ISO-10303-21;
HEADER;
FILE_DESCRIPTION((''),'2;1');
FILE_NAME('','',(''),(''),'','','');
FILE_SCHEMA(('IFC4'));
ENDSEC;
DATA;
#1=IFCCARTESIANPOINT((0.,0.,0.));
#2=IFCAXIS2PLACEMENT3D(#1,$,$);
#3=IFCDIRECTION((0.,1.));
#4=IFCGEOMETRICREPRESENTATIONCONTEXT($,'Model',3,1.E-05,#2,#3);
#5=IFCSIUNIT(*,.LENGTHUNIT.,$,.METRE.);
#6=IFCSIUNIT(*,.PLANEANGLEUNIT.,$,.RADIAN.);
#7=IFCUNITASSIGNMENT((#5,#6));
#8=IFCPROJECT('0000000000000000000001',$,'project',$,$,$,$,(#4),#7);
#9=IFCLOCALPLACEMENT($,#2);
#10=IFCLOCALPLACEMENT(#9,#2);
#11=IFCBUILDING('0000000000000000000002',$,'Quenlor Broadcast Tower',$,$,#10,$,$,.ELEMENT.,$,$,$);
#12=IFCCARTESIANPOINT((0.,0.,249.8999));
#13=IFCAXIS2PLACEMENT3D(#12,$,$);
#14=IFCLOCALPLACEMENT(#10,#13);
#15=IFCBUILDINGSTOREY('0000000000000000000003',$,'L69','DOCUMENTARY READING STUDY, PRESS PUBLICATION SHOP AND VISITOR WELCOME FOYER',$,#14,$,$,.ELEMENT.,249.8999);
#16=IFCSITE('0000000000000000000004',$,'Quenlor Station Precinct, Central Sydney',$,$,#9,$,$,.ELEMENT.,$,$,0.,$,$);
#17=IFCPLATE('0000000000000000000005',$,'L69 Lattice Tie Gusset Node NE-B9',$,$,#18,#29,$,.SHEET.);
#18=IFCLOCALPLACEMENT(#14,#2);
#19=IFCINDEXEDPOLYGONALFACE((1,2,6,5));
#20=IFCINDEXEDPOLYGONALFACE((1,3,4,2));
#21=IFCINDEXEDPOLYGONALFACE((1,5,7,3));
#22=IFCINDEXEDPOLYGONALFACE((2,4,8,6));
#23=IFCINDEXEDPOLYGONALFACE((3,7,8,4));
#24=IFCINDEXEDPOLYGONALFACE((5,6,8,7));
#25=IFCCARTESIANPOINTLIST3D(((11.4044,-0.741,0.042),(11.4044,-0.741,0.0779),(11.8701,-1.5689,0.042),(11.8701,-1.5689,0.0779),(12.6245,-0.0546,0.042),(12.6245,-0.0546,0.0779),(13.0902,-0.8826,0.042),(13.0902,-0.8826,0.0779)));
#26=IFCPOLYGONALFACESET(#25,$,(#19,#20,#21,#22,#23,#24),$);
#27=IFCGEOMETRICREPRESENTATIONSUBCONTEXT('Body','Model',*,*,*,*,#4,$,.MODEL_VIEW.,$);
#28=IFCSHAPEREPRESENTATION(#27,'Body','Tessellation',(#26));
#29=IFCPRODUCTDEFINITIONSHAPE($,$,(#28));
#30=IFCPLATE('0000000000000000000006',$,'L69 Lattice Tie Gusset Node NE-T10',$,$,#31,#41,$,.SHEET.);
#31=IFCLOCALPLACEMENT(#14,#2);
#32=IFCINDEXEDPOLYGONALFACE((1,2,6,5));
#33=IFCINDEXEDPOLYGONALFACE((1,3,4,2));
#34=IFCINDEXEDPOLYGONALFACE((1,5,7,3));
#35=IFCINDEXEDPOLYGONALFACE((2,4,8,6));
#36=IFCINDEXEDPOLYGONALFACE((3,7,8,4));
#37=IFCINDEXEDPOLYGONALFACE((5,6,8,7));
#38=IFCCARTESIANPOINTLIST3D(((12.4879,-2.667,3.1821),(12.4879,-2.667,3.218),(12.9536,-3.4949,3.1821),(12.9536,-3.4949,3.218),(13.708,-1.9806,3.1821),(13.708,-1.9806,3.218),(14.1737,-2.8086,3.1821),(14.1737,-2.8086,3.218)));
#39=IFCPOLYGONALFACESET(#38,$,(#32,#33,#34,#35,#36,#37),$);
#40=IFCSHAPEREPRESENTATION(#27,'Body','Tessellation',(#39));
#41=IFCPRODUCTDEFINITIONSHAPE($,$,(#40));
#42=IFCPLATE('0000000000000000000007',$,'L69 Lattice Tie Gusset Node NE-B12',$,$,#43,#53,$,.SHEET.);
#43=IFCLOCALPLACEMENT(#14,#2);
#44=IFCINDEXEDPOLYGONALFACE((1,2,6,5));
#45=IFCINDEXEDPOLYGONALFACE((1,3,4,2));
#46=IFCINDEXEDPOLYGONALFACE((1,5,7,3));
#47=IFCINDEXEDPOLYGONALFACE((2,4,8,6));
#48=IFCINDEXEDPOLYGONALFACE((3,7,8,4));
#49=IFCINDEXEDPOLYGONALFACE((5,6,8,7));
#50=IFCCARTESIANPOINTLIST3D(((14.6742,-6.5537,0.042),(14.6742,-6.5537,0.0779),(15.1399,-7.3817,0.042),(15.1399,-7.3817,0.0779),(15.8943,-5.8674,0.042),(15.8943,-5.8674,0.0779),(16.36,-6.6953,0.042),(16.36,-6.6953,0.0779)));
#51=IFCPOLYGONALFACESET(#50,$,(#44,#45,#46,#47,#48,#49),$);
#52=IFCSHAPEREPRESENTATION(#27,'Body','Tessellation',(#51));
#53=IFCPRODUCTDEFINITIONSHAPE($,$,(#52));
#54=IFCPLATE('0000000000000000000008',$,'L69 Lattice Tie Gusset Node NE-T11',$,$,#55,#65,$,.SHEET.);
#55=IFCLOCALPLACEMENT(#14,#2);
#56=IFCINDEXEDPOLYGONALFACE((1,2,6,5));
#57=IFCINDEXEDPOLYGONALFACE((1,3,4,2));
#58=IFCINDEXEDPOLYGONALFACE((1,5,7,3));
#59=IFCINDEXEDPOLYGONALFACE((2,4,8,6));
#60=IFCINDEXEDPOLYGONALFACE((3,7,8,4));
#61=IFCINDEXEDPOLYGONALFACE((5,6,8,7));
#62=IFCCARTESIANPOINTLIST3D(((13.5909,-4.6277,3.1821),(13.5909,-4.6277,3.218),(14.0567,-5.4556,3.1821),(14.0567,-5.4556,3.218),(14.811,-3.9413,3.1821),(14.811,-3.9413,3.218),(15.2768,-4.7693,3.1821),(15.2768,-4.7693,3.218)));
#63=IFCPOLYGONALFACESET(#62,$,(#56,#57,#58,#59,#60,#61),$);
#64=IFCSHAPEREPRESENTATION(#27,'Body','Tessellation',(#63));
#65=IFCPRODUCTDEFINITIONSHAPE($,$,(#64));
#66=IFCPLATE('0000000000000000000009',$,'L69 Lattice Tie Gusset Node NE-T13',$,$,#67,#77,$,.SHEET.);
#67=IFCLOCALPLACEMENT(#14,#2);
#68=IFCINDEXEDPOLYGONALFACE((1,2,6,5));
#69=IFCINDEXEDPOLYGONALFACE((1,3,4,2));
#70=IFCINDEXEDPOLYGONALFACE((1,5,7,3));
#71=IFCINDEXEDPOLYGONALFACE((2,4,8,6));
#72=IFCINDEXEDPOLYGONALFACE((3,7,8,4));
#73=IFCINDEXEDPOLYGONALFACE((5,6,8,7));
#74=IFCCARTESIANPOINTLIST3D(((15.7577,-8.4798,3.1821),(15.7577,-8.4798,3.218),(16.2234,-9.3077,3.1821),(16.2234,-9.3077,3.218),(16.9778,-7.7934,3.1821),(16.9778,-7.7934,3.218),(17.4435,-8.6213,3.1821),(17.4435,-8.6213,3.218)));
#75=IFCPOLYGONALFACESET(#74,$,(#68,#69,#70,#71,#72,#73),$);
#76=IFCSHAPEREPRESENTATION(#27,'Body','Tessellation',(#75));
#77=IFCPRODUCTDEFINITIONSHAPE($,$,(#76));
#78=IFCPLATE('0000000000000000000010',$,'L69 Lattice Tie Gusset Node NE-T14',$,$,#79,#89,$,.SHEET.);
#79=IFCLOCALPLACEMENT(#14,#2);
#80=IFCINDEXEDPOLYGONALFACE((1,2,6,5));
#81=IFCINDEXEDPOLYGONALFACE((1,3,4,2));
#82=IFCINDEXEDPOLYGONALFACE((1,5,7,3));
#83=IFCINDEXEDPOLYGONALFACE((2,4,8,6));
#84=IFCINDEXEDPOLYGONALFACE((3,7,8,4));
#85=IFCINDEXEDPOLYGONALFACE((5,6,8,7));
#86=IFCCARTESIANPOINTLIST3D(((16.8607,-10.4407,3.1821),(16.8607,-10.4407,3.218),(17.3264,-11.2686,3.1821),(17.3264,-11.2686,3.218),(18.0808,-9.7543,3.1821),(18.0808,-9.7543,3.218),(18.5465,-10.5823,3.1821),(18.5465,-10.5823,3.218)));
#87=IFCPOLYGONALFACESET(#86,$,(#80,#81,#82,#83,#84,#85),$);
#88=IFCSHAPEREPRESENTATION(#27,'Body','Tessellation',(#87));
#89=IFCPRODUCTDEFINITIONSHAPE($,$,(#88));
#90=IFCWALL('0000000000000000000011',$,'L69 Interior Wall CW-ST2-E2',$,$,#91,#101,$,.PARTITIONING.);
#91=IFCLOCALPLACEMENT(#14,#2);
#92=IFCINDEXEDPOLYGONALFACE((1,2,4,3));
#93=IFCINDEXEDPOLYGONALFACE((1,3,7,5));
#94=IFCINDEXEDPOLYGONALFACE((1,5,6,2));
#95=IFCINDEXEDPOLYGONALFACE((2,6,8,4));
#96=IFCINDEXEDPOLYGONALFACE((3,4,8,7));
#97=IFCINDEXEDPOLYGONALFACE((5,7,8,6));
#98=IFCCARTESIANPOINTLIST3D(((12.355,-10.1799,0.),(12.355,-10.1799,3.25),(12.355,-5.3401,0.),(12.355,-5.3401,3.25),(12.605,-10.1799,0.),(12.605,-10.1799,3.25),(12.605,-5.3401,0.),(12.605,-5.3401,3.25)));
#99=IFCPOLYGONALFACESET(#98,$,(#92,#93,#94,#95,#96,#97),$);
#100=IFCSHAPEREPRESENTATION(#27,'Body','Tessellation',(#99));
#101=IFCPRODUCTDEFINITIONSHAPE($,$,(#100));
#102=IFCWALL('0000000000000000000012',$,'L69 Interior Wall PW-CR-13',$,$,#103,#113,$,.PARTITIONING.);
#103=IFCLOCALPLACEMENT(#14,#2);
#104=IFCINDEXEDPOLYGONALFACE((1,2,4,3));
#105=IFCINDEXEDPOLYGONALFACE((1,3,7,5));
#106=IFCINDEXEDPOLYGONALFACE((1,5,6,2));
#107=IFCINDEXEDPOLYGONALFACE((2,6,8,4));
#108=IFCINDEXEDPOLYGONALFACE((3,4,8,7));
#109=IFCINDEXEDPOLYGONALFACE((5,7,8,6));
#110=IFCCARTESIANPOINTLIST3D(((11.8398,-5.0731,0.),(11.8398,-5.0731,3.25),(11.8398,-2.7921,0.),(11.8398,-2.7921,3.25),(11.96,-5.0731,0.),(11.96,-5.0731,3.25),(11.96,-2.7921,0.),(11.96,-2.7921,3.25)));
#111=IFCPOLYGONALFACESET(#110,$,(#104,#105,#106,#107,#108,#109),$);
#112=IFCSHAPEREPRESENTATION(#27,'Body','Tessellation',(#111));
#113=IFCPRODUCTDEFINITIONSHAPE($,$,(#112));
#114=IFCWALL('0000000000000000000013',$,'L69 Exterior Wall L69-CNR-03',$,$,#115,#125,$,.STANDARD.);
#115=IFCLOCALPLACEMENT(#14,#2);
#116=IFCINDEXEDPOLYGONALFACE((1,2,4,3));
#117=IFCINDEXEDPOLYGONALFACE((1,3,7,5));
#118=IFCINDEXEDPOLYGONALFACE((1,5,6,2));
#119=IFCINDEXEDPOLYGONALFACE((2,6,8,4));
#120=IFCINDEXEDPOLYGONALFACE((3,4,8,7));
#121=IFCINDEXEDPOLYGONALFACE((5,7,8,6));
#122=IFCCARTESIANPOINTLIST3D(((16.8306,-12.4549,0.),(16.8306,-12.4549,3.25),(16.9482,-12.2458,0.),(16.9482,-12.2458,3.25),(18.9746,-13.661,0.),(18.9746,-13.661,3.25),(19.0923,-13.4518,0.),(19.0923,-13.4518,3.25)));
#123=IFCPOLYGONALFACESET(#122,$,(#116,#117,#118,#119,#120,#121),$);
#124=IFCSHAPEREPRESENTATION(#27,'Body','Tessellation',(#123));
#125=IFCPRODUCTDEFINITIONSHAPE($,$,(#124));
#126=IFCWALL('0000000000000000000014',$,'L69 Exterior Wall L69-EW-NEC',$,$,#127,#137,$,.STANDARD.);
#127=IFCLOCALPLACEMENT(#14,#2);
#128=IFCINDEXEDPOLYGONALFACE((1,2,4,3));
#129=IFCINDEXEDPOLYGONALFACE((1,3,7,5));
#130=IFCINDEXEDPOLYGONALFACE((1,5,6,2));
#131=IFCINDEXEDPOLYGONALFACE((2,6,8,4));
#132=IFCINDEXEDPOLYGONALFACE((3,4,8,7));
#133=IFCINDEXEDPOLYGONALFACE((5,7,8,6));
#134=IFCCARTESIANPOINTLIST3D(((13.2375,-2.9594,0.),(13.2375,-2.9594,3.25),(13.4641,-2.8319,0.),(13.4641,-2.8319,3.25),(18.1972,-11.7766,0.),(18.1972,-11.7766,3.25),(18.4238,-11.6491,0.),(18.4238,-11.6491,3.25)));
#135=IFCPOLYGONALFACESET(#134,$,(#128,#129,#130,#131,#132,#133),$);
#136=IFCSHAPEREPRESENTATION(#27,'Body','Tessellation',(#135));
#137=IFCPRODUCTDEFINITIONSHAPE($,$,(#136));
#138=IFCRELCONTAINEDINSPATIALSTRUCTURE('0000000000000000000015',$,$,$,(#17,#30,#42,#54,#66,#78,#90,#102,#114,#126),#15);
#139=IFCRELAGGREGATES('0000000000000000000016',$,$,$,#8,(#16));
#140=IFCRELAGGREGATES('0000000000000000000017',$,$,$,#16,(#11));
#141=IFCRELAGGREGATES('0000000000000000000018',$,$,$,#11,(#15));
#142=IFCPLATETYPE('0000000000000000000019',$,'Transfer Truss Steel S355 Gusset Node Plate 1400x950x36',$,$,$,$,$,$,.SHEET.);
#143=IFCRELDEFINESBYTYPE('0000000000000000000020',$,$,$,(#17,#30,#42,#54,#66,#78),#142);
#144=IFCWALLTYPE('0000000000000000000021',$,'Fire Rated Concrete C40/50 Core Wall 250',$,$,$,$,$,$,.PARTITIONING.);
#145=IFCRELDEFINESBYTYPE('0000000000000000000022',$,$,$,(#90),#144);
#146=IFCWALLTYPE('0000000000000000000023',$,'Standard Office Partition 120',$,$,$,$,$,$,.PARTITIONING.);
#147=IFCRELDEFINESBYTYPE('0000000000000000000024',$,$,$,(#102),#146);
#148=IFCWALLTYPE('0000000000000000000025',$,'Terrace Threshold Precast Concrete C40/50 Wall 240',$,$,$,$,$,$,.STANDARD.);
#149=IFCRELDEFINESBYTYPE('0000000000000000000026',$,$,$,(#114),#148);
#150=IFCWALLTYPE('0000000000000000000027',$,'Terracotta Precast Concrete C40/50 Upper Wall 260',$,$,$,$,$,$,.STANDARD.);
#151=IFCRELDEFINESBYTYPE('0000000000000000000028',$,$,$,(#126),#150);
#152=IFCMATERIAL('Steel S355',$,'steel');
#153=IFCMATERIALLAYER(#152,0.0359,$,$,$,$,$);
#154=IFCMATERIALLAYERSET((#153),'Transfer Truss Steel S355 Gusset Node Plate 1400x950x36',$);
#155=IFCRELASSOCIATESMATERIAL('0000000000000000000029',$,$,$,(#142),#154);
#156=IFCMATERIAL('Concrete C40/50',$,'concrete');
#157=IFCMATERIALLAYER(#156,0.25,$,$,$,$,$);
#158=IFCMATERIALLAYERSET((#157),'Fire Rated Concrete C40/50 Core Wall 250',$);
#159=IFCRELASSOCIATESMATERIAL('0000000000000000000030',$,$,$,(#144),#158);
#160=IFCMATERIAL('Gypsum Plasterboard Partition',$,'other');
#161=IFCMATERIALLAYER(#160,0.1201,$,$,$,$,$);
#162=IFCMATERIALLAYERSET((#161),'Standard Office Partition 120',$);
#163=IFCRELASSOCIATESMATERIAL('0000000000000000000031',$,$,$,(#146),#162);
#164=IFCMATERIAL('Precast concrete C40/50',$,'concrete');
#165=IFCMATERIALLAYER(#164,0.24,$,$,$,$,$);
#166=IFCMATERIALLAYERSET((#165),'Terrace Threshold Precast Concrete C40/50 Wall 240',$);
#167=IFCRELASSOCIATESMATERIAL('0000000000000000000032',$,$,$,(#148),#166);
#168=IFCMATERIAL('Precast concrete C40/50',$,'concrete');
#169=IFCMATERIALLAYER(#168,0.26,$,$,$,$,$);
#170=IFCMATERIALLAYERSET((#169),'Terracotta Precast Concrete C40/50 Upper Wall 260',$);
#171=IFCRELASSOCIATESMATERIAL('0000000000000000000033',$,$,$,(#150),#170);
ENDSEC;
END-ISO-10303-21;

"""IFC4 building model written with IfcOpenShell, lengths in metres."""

from ifc_helpers import new_model, si_unit, direction, frame, frame_2d, origin, origin_2d, place, context, subcontext, project, spatial, rectangle, extrude, material, layer, layer_set, type_object, element, save


model = new_model("IFC4")

# Units and contexts
model_context = context("Model", 3, precision=1e-05, world=origin(), true_north=direction((0.0, 1.0)))
body_context = subcontext(model_context, "Body", "Model", "MODEL_VIEW")
ifc_project = project(units=[si_unit("LENGTHUNIT", "METRE"), si_unit("PLANEANGLEUNIT", "RADIAN")], contexts=[model_context])

# Site, building, storey
site_placement = place(None, origin())
site = spatial("IfcSite", under=ifc_project, at=site_placement, Name="Quenlor Station Precinct, Central Sydney", CompositionType="ELEMENT", RefElevation=0.0)
building_placement = place(site_placement, origin())
building = spatial("IfcBuilding", under=site, at=building_placement, Name="Quenlor Broadcast Tower", CompositionType="ELEMENT")
storey_placement = place(building_placement, frame((0.0, 0.0, 249.8999)))
storey = spatial("IfcBuildingStorey", under=building, at=storey_placement, Name="L69", Description="DOCUMENTARY READING STUDY, PRESS PUBLICATION SHOP AND VISITOR WELCOME FOYER", CompositionType="ELEMENT", Elevation=249.8999)

# Plates
ifc_material_1 = material(Name="Steel S355", Category="steel")
ifc_layer_1 = layer(ifc_material_1, 0.0359)
ifc_layer_set_1 = layer_set([ifc_layer_1], Name="Transfer Truss Steel S355 Gusset Node Plate 1400x950x36")
plate_type = type_object("IfcPlateType", Name="Transfer Truss Steel S355 Gusset Node Plate 1400x950x36", PredefinedType="SHEET", material=ifc_layer_set_1)
for number, where, z_axis, x_axis, name in (
    (1, (12.2473, -0.8118, 0.042), (0.0, 0.0, 1.0), (0.871556, 0.490295, 0.0), "L69 Lattice Tie Gusset Node NE-B9"),
    (2, (13.3308, -2.7378, 3.1821), (0.0, 0.0, 1.0), (0.871556, 0.490295, 0.0), "L69 Lattice Tie Gusset Node NE-T10"),
    (3, (15.5171, -6.6245, 0.042), (0.0, 0.0, 1.0), (0.871556, 0.490295, 0.0), "L69 Lattice Tie Gusset Node NE-B12"),
    (4, (14.4338, -4.6985, 3.1821), (0.0, 0.0, 1.0), (0.871556, 0.490295, 0.0), "L69 Lattice Tie Gusset Node NE-T11"),
    (5, (16.6006, -8.5505, 3.1821), (0.0, 0.0, 1.0), (0.871556, 0.490295, 0.0), "L69 Lattice Tie Gusset Node NE-T13"),
    (6, (17.7036, -10.5115, 3.1821), (0.0, 0.0, 1.0), (0.871556, 0.490295, 0.0), "L69 Lattice Tie Gusset Node NE-T14"),
):
    element("IfcPlate", number, at=place(storey_placement, frame(where, z_axis=z_axis, x_axis=x_axis)), inside=storey, type_object=plate_type, Name=name, PredefinedType="SHEET", context=body_context, shape_type="SweptSolid", body=[
        extrude(rectangle(XDim=1.3999, YDim=0.95, at=origin_2d()), origin(), (0.0, 0.0, 1.0), 0.0359),
    ])

# Walls
ifc_material_2 = material(Name="Concrete C40/50", Category="concrete")
ifc_layer_2 = layer(ifc_material_2, 0.25)
ifc_layer_set_2 = layer_set([ifc_layer_2], Name="Fire Rated Concrete C40/50 Core Wall 250")
wall_type_1 = type_object("IfcWallType", Name="Fire Rated Concrete C40/50 Core Wall 250", PredefinedType="PARTITIONING", material=ifc_layer_set_2)
wall_1_placement = place(storey_placement, frame((12.48, -10.1799, 0.0), z_axis=(0.0, 0.0, 1.0), x_axis=(0.0, 1.0, 0.0)))
element("IfcWall", 7, at=wall_1_placement, inside=storey, type_object=wall_type_1, Name="L69 Interior Wall CW-ST2-E2", PredefinedType="PARTITIONING", context=body_context, shape_type="SweptSolid", body=[
    extrude(rectangle(XDim=4.8398, YDim=0.25, at=frame_2d((2.4199, 0.0))), origin(), (0.0, 0.0, 1.0), 3.25),
])
ifc_material_3 = material(Name="Gypsum Plasterboard Partition", Category="other")
ifc_layer_3 = layer(ifc_material_3, 0.1201)
ifc_layer_set_3 = layer_set([ifc_layer_3], Name="Standard Office Partition 120")
wall_type_2 = type_object("IfcWallType", Name="Standard Office Partition 120", PredefinedType="PARTITIONING", material=ifc_layer_set_3)
wall_2_placement = place(storey_placement, frame((11.8999, -2.792, 0.0), z_axis=(0.0, 0.0, 1.0), x_axis=(0.0, -1.0, 0.0)))
element("IfcWall", 8, at=wall_2_placement, inside=storey, type_object=wall_type_2, Name="L69 Interior Wall PW-CR-13", PredefinedType="PARTITIONING", context=body_context, shape_type="SweptSolid", body=[
    extrude(rectangle(XDim=2.281, YDim=0.1201, at=frame_2d((1.1406, 0.0))), origin(), (0.0, 0.0, 1.0), 3.25),
])
ifc_material_4 = material(Name="Precast concrete C40/50", Category="concrete")
ifc_layer_4 = layer(ifc_material_4, 0.24)
ifc_layer_set_4 = layer_set([ifc_layer_4], Name="Terrace Threshold Precast Concrete C40/50 Wall 240")
wall_type_3 = type_object("IfcWallType", Name="Terrace Threshold Precast Concrete C40/50 Wall 240", PredefinedType="STANDARD", material=ifc_layer_set_4)
wall_3_placement = place(storey_placement, frame((16.8894, -12.3503, 0.0), z_axis=(0.0, 0.0, 1.0), x_axis=(0.87157, -0.490271, 0.0)))
element("IfcWall", 9, at=wall_3_placement, inside=storey, type_object=wall_type_3, Name="L69 Exterior Wall L69-CNR-03", PredefinedType="STANDARD", context=body_context, shape_type="SweptSolid", body=[
    extrude(rectangle(XDim=2.46, YDim=0.24, at=frame_2d((1.23, 0.0))), origin(), (0.0, 0.0, 1.0), 3.25),
])
ifc_material_5 = material(Name="Precast concrete C40/50", Category="concrete")
ifc_layer_5 = layer(ifc_material_5, 0.26)
ifc_layer_set_5 = layer_set([ifc_layer_5], Name="Terracotta Precast Concrete C40/50 Upper Wall 260")
wall_type_4 = type_object("IfcWallType", Name="Terracotta Precast Concrete C40/50 Upper Wall 260", PredefinedType="STANDARD", material=ifc_layer_set_5)
wall_4_placement = place(storey_placement, frame((13.3508, -2.8958, 0.0), z_axis=(0.0, 0.0, 1.0), x_axis=(0.490267, -0.871572, 0.0)))
element("IfcWall", 10, at=wall_4_placement, inside=storey, type_object=wall_type_4, Name="L69 Exterior Wall L69-EW-NEC", PredefinedType="STANDARD", context=body_context, shape_type="SweptSolid", body=[
    extrude(rectangle(XDim=10.1165, YDim=0.26, at=frame_2d((5.0581, 0.0))), origin(), (0.0, 0.0, 1.0), 3.25),
])

save(model, "model.ifc")
